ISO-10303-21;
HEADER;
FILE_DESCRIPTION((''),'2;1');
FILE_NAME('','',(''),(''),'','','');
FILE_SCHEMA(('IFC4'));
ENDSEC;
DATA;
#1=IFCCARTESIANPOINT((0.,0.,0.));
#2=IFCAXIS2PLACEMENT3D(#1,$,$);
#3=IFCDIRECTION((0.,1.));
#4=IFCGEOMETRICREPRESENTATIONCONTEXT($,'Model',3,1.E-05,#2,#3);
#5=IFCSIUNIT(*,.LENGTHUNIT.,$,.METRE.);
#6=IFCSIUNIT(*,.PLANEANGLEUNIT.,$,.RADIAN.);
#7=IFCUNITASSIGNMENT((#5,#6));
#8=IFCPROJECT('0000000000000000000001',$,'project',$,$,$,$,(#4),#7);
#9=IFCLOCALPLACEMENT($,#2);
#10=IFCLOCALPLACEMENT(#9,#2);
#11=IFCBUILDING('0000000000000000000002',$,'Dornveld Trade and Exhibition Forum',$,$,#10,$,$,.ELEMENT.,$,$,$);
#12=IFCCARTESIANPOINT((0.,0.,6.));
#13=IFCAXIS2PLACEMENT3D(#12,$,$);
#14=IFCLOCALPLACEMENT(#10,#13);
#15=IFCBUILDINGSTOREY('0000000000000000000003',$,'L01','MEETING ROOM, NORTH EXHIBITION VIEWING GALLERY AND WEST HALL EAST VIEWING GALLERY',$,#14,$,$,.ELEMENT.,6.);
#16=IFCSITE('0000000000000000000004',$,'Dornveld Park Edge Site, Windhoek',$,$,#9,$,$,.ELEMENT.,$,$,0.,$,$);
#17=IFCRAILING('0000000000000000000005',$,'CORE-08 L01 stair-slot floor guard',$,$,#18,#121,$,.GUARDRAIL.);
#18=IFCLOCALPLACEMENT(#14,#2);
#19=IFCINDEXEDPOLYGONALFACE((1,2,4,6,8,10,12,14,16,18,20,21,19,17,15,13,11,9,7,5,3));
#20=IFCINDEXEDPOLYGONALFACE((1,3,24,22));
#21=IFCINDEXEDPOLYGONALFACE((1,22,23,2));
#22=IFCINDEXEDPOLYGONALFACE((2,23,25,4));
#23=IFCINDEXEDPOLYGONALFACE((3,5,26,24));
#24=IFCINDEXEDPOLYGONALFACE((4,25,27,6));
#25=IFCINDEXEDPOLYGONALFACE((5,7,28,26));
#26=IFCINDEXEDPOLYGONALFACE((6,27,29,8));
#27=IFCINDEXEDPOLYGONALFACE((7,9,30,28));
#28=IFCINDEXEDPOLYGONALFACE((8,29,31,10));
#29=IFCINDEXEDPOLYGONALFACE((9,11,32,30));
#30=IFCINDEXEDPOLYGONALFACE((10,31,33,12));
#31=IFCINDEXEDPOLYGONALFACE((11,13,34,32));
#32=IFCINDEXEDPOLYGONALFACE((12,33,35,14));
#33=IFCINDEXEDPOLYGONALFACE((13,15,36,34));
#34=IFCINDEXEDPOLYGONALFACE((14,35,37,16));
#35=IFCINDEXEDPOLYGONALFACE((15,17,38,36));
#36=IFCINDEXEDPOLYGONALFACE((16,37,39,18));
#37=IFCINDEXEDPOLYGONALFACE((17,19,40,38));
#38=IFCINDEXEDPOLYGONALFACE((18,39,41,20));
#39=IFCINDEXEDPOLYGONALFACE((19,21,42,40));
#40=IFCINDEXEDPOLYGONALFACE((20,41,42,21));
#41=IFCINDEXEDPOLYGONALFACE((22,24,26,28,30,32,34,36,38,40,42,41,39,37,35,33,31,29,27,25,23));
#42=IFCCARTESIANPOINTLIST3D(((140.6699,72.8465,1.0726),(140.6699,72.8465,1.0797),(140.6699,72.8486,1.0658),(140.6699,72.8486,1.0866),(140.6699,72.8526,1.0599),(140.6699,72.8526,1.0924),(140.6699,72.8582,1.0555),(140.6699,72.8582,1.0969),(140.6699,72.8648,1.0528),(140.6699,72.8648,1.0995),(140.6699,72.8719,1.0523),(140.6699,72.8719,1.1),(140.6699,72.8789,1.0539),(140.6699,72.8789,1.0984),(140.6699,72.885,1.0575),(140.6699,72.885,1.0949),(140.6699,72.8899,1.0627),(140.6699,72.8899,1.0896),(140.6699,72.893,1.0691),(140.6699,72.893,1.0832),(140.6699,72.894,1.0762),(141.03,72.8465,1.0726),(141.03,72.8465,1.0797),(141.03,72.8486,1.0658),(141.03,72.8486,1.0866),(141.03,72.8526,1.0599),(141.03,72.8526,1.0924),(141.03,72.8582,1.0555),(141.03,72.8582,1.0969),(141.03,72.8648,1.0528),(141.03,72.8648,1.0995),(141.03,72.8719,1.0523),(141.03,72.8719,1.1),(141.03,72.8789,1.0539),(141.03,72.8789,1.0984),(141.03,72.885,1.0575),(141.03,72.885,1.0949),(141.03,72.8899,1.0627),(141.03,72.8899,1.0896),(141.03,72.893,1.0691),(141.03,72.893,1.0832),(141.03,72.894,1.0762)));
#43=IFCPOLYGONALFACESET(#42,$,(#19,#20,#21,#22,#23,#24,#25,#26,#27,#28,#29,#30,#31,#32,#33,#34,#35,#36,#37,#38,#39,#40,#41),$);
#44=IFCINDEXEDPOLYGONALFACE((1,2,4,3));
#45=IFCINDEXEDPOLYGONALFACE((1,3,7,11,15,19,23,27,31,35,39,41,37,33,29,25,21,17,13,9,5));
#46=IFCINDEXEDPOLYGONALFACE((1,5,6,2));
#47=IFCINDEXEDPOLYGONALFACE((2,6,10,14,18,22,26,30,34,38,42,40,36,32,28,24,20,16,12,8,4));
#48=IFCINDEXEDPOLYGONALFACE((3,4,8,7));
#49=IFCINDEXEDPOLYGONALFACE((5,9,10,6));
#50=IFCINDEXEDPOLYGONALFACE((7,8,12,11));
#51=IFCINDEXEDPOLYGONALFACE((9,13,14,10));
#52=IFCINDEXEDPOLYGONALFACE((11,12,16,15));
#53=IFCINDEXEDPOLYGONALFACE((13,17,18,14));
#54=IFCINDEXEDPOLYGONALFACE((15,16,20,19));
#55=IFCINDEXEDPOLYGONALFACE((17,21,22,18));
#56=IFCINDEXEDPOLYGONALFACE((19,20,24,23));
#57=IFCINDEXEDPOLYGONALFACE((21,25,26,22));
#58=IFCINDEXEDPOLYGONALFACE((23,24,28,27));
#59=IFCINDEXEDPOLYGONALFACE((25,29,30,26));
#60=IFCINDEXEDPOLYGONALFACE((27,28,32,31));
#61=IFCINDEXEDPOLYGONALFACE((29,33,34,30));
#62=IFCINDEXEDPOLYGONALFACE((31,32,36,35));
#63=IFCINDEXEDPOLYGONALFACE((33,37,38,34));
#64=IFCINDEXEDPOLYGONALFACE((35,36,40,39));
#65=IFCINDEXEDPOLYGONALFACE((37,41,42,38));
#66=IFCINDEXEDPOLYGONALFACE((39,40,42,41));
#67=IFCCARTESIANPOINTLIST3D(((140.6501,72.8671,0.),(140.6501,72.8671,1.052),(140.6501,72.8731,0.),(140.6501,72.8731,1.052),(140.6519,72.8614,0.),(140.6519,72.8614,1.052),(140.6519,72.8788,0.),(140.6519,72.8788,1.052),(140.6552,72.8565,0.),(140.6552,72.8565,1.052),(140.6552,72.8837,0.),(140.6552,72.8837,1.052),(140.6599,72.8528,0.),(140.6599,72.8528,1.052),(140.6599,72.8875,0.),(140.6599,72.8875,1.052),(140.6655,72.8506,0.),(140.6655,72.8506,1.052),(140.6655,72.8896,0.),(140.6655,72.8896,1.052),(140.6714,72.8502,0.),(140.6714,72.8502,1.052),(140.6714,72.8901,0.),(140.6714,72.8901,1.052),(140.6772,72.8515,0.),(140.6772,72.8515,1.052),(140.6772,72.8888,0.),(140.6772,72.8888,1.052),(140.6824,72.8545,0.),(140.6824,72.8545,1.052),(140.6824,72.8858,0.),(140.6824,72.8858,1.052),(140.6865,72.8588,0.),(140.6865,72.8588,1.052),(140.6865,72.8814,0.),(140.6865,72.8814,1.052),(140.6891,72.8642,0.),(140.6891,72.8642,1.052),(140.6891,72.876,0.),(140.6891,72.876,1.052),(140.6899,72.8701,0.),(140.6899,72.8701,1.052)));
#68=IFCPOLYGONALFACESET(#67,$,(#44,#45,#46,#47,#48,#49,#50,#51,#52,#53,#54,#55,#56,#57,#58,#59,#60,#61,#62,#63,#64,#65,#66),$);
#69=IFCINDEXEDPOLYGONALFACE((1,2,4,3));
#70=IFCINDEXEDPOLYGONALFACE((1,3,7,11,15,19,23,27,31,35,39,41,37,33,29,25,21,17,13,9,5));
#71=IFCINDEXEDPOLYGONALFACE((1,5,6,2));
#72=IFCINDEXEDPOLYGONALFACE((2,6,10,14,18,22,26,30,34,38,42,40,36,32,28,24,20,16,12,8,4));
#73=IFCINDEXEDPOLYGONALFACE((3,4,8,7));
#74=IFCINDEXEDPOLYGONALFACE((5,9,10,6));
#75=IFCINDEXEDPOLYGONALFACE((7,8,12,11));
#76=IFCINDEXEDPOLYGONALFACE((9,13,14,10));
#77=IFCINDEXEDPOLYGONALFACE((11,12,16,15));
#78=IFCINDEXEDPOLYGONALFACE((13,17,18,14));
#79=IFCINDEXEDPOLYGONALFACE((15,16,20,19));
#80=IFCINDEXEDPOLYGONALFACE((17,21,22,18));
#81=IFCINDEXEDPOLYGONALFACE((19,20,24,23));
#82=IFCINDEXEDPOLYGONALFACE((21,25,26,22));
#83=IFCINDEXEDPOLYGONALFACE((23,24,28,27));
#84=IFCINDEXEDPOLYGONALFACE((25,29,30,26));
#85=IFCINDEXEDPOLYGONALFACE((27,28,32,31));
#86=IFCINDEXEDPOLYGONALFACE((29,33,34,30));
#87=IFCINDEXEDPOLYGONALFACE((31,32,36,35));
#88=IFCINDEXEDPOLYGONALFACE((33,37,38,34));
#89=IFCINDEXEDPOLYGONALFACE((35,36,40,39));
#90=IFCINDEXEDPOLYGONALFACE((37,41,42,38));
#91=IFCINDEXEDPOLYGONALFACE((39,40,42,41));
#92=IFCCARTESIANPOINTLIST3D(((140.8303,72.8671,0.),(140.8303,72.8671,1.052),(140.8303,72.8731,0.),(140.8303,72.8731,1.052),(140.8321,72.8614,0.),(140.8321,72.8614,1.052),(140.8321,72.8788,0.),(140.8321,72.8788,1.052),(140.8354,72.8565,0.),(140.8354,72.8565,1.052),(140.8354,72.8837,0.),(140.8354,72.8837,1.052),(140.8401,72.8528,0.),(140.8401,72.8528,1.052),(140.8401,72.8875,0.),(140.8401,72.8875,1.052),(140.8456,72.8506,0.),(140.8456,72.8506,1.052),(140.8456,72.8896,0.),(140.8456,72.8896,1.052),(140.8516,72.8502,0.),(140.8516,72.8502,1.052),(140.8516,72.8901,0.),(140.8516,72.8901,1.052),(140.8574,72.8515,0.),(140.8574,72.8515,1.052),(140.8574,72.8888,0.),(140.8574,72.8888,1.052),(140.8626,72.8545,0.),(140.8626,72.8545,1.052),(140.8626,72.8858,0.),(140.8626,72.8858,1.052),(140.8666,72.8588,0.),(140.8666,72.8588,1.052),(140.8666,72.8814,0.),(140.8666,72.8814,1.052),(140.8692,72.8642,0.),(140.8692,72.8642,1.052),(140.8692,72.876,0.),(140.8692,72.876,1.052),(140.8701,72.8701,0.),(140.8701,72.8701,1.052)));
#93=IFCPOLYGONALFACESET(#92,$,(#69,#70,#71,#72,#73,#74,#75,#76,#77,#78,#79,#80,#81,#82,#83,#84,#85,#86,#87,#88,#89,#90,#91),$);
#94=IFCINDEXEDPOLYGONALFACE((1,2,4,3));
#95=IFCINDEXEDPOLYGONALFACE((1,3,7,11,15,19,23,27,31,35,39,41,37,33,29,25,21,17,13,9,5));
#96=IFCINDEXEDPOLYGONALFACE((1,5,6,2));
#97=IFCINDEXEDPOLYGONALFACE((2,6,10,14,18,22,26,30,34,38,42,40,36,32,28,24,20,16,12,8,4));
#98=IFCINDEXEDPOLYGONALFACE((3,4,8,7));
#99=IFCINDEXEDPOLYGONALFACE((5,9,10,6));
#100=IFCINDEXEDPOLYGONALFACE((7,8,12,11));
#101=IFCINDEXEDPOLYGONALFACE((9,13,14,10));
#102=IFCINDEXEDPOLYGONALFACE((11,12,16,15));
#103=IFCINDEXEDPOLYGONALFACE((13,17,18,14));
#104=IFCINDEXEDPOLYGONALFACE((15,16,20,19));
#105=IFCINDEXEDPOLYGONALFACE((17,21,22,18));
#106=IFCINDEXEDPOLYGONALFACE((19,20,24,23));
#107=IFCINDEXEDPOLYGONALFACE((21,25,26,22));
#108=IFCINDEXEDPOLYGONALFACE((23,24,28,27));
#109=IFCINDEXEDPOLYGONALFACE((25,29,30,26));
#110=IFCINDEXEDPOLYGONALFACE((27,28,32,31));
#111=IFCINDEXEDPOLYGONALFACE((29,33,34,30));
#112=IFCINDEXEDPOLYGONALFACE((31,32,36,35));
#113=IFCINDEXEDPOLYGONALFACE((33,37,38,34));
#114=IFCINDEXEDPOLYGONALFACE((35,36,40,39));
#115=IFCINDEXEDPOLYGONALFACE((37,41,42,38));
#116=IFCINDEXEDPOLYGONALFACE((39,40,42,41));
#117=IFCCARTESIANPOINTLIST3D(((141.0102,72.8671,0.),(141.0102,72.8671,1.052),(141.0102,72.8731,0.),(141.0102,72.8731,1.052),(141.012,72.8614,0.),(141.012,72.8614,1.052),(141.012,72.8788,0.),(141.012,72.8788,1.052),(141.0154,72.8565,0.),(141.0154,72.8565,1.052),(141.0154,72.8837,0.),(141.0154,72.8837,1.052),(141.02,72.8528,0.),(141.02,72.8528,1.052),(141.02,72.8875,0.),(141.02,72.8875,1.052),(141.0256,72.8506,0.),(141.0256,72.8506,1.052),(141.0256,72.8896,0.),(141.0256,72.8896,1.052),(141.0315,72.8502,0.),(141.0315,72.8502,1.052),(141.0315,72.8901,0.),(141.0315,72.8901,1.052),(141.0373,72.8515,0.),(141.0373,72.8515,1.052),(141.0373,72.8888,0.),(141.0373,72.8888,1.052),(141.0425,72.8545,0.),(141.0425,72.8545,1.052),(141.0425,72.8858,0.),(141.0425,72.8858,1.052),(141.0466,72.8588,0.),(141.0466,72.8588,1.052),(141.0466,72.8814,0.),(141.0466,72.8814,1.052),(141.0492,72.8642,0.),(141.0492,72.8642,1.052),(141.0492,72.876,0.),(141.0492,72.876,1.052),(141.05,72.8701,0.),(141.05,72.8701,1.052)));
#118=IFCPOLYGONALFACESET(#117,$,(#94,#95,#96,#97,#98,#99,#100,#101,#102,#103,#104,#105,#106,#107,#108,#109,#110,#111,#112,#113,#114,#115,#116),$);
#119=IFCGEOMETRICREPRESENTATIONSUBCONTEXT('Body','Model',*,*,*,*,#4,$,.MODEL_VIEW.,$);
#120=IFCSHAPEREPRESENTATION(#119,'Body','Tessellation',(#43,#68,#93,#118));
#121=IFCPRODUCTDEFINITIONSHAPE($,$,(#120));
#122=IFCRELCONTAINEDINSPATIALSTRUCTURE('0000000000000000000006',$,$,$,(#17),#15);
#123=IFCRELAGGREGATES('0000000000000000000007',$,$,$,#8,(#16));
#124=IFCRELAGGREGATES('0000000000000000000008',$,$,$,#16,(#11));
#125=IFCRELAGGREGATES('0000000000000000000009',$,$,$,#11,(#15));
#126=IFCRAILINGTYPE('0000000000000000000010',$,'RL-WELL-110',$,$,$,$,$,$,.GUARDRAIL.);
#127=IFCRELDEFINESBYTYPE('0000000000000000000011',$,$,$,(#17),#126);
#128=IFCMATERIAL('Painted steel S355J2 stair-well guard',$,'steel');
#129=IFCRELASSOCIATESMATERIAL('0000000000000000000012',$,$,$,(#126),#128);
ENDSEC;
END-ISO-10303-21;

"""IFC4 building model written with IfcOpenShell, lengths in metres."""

from ifc_helpers import new_model, si_unit, direction, frame, origin, origin_2d, place, context, subcontext, project, spatial, circle, extrude, material, type_object, element, save


model = new_model("IFC4")

# Units and contexts
model_context = context("Model", 3, precision=1e-05, world=origin(), true_north=direction((0.0, 1.0)))
body_context = subcontext(model_context, "Body", "Model", "MODEL_VIEW")
ifc_project = project(units=[si_unit("LENGTHUNIT", "METRE"), si_unit("PLANEANGLEUNIT", "RADIAN")], contexts=[model_context])

# Site, building, storey
site_placement = place(None, origin())
site = spatial("IfcSite", under=ifc_project, at=site_placement, Name="Dornveld Park Edge Site, Windhoek", CompositionType="ELEMENT", RefElevation=0.0)
building_placement = place(site_placement, origin())
building = spatial("IfcBuilding", under=site, at=building_placement, Name="Dornveld Trade and Exhibition Forum", CompositionType="ELEMENT")
storey_placement = place(building_placement, frame((0.0, 0.0, 6.0)))
storey = spatial("IfcBuildingStorey", under=building, at=storey_placement, Name="L01", Description="MEETING ROOM, NORTH EXHIBITION VIEWING GALLERY AND WEST HALL EAST VIEWING GALLERY", CompositionType="ELEMENT", Elevation=6.0)

# Railing
ifc_material_1 = material(Name="Painted steel S355J2 stair-well guard", Category="steel")
railing_type_1 = type_object("IfcRailingType", Name="RL-WELL-110", PredefinedType="GUARDRAIL", material=ifc_material_1)
railing_1_placement = place(storey_placement, frame((140.6699, 72.8701, 0.0)))
element("IfcRailing", 1, at=railing_1_placement, inside=storey, type_object=railing_type_1, Name="CORE-08 L01 stair-slot floor guard", PredefinedType="GUARDRAIL", context=body_context, shape_type="SweptSolid", body=[
    extrude(circle(Radius=0.0239, at=origin_2d()), frame((0.0, 0.0, 1.0762), z_axis=(1.0, 0.0, 0.0), x_axis=(0.0, 1.0, 0.0)), (0.0, 0.0, 1.0), 0.3601),
    extrude(circle(Radius=0.02, at=origin_2d()), origin(), (0.0, 0.0, 1.0), 1.052),
    extrude(circle(Radius=0.02, at=origin_2d()), frame((0.1802, 0.0, 0.0)), (0.0, 0.0, 1.0), 1.052),
    extrude(circle(Radius=0.02, at=origin_2d()), frame((0.3601, 0.0, 0.0)), (0.0, 0.0, 1.0), 1.052),
])

save(model, "model.ifc")
